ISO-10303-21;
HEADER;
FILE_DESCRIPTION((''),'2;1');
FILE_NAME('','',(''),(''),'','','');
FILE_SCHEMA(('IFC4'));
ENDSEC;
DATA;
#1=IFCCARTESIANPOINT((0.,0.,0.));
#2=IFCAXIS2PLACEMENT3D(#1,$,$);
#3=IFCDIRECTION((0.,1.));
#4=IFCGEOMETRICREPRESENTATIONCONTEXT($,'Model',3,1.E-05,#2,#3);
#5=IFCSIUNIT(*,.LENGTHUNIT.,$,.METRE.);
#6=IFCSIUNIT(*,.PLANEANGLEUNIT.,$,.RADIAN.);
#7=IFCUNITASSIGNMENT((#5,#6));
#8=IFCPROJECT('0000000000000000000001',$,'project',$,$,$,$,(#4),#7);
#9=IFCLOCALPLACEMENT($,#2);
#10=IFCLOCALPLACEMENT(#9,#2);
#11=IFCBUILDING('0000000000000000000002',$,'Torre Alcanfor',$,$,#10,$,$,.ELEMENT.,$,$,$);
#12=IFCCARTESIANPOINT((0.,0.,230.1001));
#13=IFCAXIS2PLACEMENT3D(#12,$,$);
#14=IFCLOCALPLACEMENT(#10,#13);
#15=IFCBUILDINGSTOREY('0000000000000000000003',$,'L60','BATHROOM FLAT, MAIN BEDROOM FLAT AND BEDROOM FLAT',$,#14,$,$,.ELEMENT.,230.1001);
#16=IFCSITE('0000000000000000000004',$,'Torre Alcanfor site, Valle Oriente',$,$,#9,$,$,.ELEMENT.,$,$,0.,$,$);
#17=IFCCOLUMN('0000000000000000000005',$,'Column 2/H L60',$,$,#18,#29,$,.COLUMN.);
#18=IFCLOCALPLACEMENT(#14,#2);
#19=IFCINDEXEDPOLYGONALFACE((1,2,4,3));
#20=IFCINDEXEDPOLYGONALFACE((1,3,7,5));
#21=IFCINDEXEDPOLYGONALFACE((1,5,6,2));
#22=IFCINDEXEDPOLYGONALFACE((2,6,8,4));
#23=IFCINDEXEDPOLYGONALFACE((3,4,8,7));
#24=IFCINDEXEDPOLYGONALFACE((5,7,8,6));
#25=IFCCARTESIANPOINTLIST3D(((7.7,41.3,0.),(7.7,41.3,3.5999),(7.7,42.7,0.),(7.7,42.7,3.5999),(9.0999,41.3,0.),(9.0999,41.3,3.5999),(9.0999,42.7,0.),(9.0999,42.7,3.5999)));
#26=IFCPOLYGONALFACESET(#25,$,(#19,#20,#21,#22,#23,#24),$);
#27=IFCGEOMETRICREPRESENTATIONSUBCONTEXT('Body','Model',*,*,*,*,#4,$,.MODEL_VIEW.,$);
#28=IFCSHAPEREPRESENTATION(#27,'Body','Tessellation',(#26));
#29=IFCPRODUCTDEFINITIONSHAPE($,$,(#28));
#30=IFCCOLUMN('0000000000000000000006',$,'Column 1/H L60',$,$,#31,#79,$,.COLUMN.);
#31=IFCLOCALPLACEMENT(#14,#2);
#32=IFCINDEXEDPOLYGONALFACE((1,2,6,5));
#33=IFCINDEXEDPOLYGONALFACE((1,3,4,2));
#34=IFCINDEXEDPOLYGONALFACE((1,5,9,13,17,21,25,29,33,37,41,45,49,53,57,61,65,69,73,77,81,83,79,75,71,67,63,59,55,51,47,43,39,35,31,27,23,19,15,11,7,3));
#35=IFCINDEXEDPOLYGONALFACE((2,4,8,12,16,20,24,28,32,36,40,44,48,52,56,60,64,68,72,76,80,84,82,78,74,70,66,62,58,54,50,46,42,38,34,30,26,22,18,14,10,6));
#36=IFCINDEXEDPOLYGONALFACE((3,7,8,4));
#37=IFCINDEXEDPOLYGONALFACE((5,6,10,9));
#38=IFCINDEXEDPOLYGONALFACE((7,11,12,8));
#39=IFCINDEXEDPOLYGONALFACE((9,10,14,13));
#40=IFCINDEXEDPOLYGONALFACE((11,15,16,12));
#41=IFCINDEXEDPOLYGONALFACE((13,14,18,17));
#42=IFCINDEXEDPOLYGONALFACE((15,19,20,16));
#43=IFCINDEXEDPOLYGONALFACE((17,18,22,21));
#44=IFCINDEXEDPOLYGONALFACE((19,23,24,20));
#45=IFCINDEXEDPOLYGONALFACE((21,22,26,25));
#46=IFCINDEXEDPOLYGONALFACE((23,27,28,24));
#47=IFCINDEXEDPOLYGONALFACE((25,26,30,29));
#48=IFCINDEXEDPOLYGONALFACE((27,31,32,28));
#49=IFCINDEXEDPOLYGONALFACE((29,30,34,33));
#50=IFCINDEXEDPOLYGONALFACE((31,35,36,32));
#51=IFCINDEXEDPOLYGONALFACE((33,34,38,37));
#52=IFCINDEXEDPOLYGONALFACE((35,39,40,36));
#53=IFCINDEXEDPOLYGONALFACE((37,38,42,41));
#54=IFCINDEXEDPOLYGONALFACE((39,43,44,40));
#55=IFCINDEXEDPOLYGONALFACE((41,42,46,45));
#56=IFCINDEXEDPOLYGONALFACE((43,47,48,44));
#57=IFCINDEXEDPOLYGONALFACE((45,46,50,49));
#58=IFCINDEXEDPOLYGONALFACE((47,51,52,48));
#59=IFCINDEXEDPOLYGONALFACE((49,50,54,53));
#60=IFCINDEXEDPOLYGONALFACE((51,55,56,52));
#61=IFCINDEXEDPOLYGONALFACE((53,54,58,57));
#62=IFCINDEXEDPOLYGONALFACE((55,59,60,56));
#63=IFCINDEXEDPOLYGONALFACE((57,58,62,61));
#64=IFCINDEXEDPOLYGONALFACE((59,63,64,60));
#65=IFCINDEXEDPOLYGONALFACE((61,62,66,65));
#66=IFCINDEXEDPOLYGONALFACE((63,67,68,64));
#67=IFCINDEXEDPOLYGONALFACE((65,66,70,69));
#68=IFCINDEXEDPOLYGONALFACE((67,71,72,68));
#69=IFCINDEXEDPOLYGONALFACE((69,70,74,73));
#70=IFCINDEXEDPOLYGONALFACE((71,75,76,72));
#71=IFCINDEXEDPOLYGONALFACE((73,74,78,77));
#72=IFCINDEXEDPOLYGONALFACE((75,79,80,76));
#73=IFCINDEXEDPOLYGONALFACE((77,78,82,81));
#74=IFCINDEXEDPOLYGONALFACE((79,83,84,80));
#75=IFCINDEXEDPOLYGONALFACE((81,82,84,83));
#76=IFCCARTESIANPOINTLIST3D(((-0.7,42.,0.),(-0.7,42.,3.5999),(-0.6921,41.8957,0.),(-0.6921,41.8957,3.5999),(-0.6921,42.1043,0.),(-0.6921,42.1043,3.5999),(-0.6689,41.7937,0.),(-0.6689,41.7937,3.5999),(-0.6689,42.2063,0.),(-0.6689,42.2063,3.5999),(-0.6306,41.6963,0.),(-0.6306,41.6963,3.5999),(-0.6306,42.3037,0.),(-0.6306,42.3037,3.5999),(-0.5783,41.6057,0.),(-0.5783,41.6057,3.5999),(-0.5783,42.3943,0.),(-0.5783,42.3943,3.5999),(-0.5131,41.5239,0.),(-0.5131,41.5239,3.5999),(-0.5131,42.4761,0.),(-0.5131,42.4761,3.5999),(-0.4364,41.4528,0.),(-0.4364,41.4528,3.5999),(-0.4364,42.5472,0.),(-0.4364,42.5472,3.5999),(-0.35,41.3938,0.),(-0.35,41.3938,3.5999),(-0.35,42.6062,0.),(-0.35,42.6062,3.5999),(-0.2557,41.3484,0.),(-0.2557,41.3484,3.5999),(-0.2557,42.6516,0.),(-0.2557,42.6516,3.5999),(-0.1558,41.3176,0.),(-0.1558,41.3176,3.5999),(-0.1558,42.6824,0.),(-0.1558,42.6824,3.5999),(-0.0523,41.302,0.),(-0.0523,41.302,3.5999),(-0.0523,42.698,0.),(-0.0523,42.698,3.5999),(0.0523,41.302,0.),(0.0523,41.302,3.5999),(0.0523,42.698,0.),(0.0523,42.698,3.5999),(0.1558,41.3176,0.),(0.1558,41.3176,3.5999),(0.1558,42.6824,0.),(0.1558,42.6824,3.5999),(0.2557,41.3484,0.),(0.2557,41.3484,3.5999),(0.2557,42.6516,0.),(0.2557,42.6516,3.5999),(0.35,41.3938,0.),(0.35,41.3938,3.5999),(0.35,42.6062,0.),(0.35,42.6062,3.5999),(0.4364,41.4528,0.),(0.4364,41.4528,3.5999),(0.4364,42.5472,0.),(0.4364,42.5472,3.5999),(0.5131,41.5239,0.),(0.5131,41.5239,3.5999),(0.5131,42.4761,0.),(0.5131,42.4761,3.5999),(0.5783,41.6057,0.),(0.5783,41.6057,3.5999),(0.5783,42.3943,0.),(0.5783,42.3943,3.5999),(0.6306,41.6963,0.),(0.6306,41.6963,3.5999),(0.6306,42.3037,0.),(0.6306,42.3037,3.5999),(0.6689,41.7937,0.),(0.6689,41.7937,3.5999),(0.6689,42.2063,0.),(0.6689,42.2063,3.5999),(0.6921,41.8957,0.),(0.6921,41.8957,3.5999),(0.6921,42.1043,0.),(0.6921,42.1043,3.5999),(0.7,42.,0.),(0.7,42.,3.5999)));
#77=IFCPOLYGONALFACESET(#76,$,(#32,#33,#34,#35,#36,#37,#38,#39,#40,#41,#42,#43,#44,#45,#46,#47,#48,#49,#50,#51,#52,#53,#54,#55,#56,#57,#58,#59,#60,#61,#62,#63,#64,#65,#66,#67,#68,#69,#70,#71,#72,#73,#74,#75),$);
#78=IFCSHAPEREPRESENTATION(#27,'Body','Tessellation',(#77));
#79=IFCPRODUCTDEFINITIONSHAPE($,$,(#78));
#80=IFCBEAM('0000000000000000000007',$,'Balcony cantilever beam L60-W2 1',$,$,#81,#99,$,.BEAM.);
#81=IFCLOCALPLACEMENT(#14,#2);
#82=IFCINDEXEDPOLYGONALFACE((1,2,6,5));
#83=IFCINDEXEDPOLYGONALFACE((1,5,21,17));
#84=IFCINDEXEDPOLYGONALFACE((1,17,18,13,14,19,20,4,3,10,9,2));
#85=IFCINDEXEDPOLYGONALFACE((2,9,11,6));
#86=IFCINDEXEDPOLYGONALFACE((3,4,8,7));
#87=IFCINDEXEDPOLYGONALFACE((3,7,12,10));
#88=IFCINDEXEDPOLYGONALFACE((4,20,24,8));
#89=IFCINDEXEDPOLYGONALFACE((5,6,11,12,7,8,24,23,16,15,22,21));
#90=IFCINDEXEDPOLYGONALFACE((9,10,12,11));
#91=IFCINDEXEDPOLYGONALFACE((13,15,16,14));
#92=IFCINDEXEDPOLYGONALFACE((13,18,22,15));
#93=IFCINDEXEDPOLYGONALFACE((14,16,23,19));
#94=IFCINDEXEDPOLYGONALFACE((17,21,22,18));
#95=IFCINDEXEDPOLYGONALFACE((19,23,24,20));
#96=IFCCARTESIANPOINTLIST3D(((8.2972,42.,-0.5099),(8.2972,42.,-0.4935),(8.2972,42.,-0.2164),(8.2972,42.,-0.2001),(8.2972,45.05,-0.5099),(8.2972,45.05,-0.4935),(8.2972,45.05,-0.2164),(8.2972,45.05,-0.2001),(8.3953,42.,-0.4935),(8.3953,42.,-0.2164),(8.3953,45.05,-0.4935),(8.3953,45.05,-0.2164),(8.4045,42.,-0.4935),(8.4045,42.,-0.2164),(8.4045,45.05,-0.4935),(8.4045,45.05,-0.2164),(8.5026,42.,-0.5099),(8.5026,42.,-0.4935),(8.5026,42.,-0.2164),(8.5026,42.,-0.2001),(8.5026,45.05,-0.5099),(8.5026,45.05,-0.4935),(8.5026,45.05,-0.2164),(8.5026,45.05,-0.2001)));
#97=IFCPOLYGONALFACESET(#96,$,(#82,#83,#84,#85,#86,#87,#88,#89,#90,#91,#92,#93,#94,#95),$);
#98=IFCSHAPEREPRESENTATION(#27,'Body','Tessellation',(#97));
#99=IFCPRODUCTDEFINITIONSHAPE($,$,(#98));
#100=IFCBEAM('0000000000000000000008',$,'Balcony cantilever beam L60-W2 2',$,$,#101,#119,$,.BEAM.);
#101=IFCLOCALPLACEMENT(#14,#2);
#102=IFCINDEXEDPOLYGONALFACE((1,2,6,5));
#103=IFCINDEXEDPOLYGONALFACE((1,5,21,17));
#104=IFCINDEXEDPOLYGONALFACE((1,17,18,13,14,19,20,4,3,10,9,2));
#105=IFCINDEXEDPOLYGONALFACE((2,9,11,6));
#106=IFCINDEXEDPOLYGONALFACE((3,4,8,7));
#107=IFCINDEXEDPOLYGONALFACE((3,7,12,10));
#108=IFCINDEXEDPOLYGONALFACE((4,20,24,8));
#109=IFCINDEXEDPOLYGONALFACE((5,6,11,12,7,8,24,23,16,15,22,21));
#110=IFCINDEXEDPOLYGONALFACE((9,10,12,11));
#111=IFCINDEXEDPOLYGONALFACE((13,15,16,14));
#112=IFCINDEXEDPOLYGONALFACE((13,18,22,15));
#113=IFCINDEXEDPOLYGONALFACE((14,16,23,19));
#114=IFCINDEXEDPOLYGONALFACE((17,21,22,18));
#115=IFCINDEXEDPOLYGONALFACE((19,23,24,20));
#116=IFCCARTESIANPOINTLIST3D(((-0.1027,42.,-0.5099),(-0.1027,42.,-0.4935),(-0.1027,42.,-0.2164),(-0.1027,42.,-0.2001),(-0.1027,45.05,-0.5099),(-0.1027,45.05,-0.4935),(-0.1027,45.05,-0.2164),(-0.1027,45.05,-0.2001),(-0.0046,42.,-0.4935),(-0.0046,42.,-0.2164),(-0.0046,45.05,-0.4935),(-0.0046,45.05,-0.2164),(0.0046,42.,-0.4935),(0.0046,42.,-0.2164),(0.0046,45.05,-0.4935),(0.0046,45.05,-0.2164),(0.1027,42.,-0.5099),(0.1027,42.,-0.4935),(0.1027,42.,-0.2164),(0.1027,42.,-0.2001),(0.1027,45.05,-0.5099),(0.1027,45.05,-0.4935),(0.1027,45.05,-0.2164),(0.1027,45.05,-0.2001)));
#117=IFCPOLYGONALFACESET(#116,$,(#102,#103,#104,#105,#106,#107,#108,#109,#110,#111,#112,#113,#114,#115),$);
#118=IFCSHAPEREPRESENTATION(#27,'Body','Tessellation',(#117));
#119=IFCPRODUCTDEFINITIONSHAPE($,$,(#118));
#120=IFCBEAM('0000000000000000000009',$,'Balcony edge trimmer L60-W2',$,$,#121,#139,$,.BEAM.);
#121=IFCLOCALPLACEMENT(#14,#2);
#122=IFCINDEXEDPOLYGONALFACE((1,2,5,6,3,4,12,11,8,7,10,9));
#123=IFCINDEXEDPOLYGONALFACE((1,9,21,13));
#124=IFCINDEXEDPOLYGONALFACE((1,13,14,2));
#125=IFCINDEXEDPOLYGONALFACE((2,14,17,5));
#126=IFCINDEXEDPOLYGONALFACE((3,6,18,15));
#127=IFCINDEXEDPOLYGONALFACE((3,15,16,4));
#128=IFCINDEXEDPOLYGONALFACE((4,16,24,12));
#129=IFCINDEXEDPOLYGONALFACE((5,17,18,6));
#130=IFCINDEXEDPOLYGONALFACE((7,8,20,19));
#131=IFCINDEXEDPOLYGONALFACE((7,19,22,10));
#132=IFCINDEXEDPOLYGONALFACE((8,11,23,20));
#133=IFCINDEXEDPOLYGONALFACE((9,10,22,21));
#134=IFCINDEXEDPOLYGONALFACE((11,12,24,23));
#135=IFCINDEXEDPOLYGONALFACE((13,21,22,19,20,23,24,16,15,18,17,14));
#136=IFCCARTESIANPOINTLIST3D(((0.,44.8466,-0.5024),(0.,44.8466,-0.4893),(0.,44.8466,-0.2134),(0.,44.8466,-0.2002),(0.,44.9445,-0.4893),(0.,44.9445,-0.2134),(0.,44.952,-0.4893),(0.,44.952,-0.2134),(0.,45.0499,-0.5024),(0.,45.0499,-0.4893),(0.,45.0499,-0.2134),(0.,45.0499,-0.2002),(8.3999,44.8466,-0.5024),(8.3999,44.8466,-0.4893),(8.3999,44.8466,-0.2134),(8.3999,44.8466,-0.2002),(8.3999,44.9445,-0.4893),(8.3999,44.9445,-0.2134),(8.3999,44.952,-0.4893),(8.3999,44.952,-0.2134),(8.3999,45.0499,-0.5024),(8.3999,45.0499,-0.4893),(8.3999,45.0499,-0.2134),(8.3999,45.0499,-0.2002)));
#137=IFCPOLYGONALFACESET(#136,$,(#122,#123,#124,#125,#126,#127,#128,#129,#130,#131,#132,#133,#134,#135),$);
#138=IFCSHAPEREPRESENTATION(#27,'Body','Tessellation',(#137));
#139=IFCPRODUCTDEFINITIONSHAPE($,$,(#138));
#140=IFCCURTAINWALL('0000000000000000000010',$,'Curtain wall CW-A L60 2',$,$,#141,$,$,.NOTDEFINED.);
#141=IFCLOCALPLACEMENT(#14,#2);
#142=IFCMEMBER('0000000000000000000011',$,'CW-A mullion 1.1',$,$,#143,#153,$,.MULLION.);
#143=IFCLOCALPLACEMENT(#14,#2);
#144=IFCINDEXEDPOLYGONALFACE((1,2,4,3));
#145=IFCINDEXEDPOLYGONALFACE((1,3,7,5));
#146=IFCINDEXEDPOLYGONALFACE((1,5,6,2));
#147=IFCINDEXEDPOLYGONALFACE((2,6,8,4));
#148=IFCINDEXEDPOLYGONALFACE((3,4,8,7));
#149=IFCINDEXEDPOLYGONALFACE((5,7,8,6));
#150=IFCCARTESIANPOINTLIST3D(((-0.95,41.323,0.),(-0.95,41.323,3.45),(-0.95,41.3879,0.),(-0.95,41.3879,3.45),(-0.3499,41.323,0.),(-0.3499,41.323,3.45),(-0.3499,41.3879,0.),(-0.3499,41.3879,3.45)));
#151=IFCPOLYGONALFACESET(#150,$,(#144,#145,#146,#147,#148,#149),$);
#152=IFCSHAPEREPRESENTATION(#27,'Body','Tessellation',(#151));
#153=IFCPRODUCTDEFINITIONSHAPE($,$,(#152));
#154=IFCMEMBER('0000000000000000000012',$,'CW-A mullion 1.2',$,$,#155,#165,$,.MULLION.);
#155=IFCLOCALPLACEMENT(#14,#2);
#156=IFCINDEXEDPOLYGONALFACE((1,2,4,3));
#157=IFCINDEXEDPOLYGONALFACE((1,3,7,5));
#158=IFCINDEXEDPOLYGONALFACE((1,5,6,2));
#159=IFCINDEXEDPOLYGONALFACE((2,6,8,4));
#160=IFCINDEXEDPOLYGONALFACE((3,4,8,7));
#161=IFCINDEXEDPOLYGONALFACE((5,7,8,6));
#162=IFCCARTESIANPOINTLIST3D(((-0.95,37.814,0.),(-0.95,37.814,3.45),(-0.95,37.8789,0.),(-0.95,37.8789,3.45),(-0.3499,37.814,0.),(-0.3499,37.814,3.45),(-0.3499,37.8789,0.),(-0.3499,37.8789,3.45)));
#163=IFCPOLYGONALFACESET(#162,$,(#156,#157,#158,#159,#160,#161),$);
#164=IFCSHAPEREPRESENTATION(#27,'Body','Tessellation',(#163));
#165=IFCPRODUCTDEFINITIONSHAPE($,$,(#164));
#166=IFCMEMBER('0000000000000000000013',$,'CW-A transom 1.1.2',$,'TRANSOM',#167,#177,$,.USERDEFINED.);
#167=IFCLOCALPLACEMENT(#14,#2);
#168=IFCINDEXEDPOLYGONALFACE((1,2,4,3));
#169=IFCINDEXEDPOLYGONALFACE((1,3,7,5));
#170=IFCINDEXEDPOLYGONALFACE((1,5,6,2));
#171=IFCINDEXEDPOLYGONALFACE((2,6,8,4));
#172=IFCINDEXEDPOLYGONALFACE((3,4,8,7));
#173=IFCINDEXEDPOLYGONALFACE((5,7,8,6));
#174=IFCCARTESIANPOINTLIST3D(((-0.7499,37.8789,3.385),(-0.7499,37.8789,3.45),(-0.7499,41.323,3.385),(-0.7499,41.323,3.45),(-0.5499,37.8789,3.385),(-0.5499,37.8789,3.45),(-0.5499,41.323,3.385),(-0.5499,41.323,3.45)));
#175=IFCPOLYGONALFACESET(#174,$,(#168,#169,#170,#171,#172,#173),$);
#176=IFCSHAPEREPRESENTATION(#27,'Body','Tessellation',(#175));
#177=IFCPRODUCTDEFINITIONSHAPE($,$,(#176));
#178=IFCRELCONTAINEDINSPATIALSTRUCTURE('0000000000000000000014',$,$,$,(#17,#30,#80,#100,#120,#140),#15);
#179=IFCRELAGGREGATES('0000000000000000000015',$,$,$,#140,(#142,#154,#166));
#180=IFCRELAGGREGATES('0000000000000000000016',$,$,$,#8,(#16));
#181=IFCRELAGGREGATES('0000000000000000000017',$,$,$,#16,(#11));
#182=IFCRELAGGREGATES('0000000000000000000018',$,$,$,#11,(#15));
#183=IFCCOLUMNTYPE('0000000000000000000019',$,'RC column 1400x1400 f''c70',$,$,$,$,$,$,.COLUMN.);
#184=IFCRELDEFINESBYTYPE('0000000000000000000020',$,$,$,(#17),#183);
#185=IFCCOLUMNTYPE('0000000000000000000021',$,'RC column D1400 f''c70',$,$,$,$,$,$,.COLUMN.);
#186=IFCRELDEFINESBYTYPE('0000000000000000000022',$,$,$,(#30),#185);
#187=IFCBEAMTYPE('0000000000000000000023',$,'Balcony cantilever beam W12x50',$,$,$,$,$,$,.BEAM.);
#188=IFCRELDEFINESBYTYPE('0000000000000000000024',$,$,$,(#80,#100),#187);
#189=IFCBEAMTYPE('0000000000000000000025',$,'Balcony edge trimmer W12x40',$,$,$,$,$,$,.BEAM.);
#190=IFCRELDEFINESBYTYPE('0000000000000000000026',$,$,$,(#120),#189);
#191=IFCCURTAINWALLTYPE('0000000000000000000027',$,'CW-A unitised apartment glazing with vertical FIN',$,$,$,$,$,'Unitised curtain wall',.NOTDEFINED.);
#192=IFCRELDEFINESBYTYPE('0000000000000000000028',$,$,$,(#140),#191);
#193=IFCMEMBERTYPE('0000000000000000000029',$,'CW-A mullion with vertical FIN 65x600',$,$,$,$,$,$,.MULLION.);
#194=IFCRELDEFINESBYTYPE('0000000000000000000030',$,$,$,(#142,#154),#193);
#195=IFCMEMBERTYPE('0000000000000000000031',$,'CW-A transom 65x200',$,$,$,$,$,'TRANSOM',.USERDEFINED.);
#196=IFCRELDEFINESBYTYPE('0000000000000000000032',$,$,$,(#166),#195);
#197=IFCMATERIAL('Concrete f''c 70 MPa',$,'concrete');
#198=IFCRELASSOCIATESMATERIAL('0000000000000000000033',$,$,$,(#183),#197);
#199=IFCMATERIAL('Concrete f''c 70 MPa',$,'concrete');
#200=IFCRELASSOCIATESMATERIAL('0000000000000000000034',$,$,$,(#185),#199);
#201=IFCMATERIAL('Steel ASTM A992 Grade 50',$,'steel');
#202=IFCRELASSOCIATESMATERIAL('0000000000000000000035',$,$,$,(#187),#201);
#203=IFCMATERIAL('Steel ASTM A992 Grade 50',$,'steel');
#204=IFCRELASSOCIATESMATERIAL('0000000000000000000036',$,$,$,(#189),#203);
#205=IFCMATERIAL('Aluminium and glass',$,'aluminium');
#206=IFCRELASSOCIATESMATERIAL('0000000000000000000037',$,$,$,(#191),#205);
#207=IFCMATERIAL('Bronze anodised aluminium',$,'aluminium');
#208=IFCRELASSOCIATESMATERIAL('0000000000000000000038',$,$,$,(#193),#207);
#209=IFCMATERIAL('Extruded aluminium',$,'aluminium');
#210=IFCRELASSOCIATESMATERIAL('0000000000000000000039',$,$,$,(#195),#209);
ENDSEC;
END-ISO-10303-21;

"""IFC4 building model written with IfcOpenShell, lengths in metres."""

from ifc_helpers import new_model, si_unit, direction, frame, origin, origin_2d, place, context, subcontext, project, spatial, rectangle, circle, i_section, extrude, material, material_profile, profile_set, type_object, element, aggregate, save


model = new_model("IFC4")

# Units and contexts
model_context = context("Model", 3, precision=1e-05, world=origin(), true_north=direction((0.0, 1.0)))
body_context = subcontext(model_context, "Body", "Model", "MODEL_VIEW")
ifc_project = project(units=[si_unit("LENGTHUNIT", "METRE"), si_unit("PLANEANGLEUNIT", "RADIAN")], contexts=[model_context])

# Site, building, storey
site_placement = place(None, origin())
site = spatial("IfcSite", under=ifc_project, at=site_placement, Name="Torre Alcanfor site, Valle Oriente", CompositionType="ELEMENT", RefElevation=0.0)
building_placement = place(site_placement, origin())
building = spatial("IfcBuilding", under=site, at=building_placement, Name="Torre Alcanfor", CompositionType="ELEMENT")
storey_placement = place(building_placement, frame((0.0, 0.0, 230.1001)))
storey = spatial("IfcBuildingStorey", under=building, at=storey_placement, Name="L60", Description="BATHROOM FLAT, MAIN BEDROOM FLAT AND BEDROOM FLAT", CompositionType="ELEMENT", Elevation=230.1001)

# Columns
ifc_material_1 = material(Name="Concrete f'c 70 MPa", Category="concrete")
ifc_material_profile_1 = material_profile(ifc_material_1, rectangle(XDim=1.3999, YDim=1.3999, at=origin_2d()), Name="1400x1400")
ifc_profile_set_1 = profile_set([ifc_material_profile_1], Name="Concrete f'c 70 MPa")
column_type_1 = type_object("IfcColumnType", Name="RC column 1400x1400 f'c70", PredefinedType="COLUMN", material=ifc_profile_set_1)
column_1_placement = place(storey_placement, frame((8.3999, 42.0, 0.0), z_axis=(0.0, 0.0, 1.0), x_axis=(1.0, 0.0, 0.0)))
element("IfcColumn", 1, at=column_1_placement, inside=storey, type_object=column_type_1, Name="Column 2/H L60", PredefinedType="COLUMN", context=body_context, shape_type="SweptSolid", body=[
    extrude(rectangle(XDim=1.3999, YDim=1.3999, at=origin_2d()), origin(), (0.0, 0.0, 1.0), 3.5999),
])
ifc_material_2 = material(Name="Concrete f'c 70 MPa", Category="concrete")
ifc_material_profile_2 = material_profile(ifc_material_2, circle(Radius=0.7, at=origin_2d()), Name="D1400")
ifc_profile_set_2 = profile_set([ifc_material_profile_2], Name="Concrete f'c 70 MPa")
column_type_2 = type_object("IfcColumnType", Name="RC column D1400 f'c70", PredefinedType="COLUMN", material=ifc_profile_set_2)
column_2_placement = place(storey_placement, frame((0.0, 42.0, 0.0), z_axis=(0.0, 0.0, 1.0), x_axis=(1.0, 0.0, 0.0)))
element("IfcColumn", 2, at=column_2_placement, inside=storey, type_object=column_type_2, Name="Column 1/H L60", PredefinedType="COLUMN", context=body_context, shape_type="SweptSolid", body=[
    extrude(circle(Radius=0.7, at=origin_2d()), origin(), (0.0, 0.0, 1.0), 3.5999),
])

# Beams
ifc_material_3 = material(Name="Steel ASTM A992 Grade 50", Category="steel")
ifc_material_profile_3 = material_profile(ifc_material_3, i_section(OverallWidth=0.2053, OverallDepth=0.3098, WebThickness=0.0093, FlangeThickness=0.0164, at=origin_2d()), Name="W12x50")
ifc_profile_set_3 = profile_set([ifc_material_profile_3], Name="Steel ASTM A992 Grade 50")
beam_type_1 = type_object("IfcBeamType", Name="Balcony cantilever beam W12x50", PredefinedType="BEAM", material=ifc_profile_set_3)
for number, where, z_axis, x_axis, name in (
    (3, (8.3999, 42.0, -0.355), (0.0, 1.0, 0.0), (-1.0, 0.0, 0.0), "Balcony cantilever beam L60-W2 1"),
    (4, (0.0, 42.0, -0.355), (0.0, 1.0, 0.0), (-1.0, 0.0, 0.0), "Balcony cantilever beam L60-W2 2"),
):
    element("IfcBeam", number, at=place(storey_placement, frame(where, z_axis=z_axis, x_axis=x_axis)), inside=storey, type_object=beam_type_1, Name=name, PredefinedType="BEAM", context=body_context, shape_type="SweptSolid", body=[
        extrude(i_section(OverallWidth=0.2053, OverallDepth=0.3098, WebThickness=0.0093, FlangeThickness=0.0164, at=origin_2d()), origin(), (0.0, 0.0, 1.0), 3.05),
    ])
ifc_material_4 = material(Name="Steel ASTM A992 Grade 50", Category="steel")
ifc_material_profile_4 = material_profile(ifc_material_4, i_section(OverallWidth=0.2034, OverallDepth=0.3022, WebThickness=0.0076, FlangeThickness=0.0132, at=origin_2d()), Name="W12x40")
ifc_profile_set_4 = profile_set([ifc_material_profile_4], Name="Steel ASTM A992 Grade 50")
beam_type_2 = type_object("IfcBeamType", Name="Balcony edge trimmer W12x40", PredefinedType="BEAM", material=ifc_profile_set_4)
beam_1_placement = place(storey_placement, frame((8.3999, 44.9482, -0.3513), z_axis=(-1.0, 0.0, 0.0), x_axis=(0.0, -1.0, 0.0)))
element("IfcBeam", 5, at=beam_1_placement, inside=storey, type_object=beam_type_2, Name="Balcony edge trimmer L60-W2", PredefinedType="BEAM", context=body_context, shape_type="SweptSolid", body=[
    extrude(i_section(OverallWidth=0.2034, OverallDepth=0.3022, WebThickness=0.0076, FlangeThickness=0.0132, at=origin_2d()), origin(), (0.0, 0.0, 1.0), 8.3999),
])

# Curtain wall, members
ifc_material_5 = material(Name="Aluminium and glass", Category="aluminium")
curtain_wall_type = type_object("IfcCurtainWallType", Name="CW-A unitised apartment glazing with vertical FIN", ElementType="Unitised curtain wall", PredefinedType="NOTDEFINED", material=ifc_material_5)
curtain_wall_placement = place(storey_placement, origin())
curtain_wall = element("IfcCurtainWall", 6, at=curtain_wall_placement, inside=storey, type_object=curtain_wall_type, Name="Curtain wall CW-A L60 2", PredefinedType="NOTDEFINED")
ifc_material_6 = material(Name="Bronze anodised aluminium", Category="aluminium")
ifc_material_profile_5 = material_profile(ifc_material_6, rectangle(XDim=0.6001, YDim=0.0649, at=origin_2d()), Name="CW-A mullion 65x600")
ifc_profile_set_5 = profile_set([ifc_material_profile_5], Name="Bronze anodised aluminium")
member_type_1 = type_object("IfcMemberType", Name="CW-A mullion with vertical FIN 65x600", PredefinedType="MULLION", material=ifc_profile_set_5)
member_1_placement = place(storey_placement, frame((-0.6499, 41.3555, 0.0), z_axis=(0.0, 0.0, 1.0), x_axis=(1.0, 0.0, 0.0)))
member_1 = element("IfcMember", 7, at=member_1_placement, type_object=member_type_1, Name="CW-A mullion 1.1", PredefinedType="MULLION", context=body_context, shape_type="SweptSolid", body=[
    extrude(rectangle(XDim=0.6001, YDim=0.0649, at=origin_2d()), origin(), (0.0, 0.0, 1.0), 3.45),
])
member_2_placement = place(storey_placement, frame((-0.6499, 37.8464, 0.0), z_axis=(0.0, 0.0, 1.0), x_axis=(1.0, 0.0, 0.0)))
member_2 = element("IfcMember", 8, at=member_2_placement, type_object=member_type_1, Name="CW-A mullion 1.2", PredefinedType="MULLION", context=body_context, shape_type="SweptSolid", body=[
    extrude(rectangle(XDim=0.6001, YDim=0.0649, at=origin_2d()), origin(), (0.0, 0.0, 1.0), 3.45),
])
ifc_material_7 = material(Name="Extruded aluminium", Category="aluminium")
ifc_material_profile_6 = material_profile(ifc_material_7, rectangle(XDim=0.2, YDim=0.0649, at=origin_2d()), Name="CW-A transom 200x65")
ifc_profile_set_6 = profile_set([ifc_material_profile_6], Name="Extruded aluminium")
member_type_2 = type_object("IfcMemberType", Name="CW-A transom 65x200", ElementType="TRANSOM", PredefinedType="USERDEFINED", material=ifc_profile_set_6)
member_3_placement = place(storey_placement, frame((-0.6499, 41.323, 3.4175), z_axis=(0.0, -1.0, 0.0), x_axis=(1.0, 0.0, 0.0)))
member_3 = element("IfcMember", 9, at=member_3_placement, type_object=member_type_2, Name="CW-A transom 1.1.2", ObjectType="TRANSOM", PredefinedType="USERDEFINED", context=body_context, shape_type="SweptSolid", body=[
    extrude(rectangle(XDim=0.2, YDim=0.0649, at=origin_2d()), origin(), (0.0, 0.0, 1.0), 3.4441),
])

aggregate(curtain_wall, [member_1, member_2, member_3])

save(model, "model.ifc")
